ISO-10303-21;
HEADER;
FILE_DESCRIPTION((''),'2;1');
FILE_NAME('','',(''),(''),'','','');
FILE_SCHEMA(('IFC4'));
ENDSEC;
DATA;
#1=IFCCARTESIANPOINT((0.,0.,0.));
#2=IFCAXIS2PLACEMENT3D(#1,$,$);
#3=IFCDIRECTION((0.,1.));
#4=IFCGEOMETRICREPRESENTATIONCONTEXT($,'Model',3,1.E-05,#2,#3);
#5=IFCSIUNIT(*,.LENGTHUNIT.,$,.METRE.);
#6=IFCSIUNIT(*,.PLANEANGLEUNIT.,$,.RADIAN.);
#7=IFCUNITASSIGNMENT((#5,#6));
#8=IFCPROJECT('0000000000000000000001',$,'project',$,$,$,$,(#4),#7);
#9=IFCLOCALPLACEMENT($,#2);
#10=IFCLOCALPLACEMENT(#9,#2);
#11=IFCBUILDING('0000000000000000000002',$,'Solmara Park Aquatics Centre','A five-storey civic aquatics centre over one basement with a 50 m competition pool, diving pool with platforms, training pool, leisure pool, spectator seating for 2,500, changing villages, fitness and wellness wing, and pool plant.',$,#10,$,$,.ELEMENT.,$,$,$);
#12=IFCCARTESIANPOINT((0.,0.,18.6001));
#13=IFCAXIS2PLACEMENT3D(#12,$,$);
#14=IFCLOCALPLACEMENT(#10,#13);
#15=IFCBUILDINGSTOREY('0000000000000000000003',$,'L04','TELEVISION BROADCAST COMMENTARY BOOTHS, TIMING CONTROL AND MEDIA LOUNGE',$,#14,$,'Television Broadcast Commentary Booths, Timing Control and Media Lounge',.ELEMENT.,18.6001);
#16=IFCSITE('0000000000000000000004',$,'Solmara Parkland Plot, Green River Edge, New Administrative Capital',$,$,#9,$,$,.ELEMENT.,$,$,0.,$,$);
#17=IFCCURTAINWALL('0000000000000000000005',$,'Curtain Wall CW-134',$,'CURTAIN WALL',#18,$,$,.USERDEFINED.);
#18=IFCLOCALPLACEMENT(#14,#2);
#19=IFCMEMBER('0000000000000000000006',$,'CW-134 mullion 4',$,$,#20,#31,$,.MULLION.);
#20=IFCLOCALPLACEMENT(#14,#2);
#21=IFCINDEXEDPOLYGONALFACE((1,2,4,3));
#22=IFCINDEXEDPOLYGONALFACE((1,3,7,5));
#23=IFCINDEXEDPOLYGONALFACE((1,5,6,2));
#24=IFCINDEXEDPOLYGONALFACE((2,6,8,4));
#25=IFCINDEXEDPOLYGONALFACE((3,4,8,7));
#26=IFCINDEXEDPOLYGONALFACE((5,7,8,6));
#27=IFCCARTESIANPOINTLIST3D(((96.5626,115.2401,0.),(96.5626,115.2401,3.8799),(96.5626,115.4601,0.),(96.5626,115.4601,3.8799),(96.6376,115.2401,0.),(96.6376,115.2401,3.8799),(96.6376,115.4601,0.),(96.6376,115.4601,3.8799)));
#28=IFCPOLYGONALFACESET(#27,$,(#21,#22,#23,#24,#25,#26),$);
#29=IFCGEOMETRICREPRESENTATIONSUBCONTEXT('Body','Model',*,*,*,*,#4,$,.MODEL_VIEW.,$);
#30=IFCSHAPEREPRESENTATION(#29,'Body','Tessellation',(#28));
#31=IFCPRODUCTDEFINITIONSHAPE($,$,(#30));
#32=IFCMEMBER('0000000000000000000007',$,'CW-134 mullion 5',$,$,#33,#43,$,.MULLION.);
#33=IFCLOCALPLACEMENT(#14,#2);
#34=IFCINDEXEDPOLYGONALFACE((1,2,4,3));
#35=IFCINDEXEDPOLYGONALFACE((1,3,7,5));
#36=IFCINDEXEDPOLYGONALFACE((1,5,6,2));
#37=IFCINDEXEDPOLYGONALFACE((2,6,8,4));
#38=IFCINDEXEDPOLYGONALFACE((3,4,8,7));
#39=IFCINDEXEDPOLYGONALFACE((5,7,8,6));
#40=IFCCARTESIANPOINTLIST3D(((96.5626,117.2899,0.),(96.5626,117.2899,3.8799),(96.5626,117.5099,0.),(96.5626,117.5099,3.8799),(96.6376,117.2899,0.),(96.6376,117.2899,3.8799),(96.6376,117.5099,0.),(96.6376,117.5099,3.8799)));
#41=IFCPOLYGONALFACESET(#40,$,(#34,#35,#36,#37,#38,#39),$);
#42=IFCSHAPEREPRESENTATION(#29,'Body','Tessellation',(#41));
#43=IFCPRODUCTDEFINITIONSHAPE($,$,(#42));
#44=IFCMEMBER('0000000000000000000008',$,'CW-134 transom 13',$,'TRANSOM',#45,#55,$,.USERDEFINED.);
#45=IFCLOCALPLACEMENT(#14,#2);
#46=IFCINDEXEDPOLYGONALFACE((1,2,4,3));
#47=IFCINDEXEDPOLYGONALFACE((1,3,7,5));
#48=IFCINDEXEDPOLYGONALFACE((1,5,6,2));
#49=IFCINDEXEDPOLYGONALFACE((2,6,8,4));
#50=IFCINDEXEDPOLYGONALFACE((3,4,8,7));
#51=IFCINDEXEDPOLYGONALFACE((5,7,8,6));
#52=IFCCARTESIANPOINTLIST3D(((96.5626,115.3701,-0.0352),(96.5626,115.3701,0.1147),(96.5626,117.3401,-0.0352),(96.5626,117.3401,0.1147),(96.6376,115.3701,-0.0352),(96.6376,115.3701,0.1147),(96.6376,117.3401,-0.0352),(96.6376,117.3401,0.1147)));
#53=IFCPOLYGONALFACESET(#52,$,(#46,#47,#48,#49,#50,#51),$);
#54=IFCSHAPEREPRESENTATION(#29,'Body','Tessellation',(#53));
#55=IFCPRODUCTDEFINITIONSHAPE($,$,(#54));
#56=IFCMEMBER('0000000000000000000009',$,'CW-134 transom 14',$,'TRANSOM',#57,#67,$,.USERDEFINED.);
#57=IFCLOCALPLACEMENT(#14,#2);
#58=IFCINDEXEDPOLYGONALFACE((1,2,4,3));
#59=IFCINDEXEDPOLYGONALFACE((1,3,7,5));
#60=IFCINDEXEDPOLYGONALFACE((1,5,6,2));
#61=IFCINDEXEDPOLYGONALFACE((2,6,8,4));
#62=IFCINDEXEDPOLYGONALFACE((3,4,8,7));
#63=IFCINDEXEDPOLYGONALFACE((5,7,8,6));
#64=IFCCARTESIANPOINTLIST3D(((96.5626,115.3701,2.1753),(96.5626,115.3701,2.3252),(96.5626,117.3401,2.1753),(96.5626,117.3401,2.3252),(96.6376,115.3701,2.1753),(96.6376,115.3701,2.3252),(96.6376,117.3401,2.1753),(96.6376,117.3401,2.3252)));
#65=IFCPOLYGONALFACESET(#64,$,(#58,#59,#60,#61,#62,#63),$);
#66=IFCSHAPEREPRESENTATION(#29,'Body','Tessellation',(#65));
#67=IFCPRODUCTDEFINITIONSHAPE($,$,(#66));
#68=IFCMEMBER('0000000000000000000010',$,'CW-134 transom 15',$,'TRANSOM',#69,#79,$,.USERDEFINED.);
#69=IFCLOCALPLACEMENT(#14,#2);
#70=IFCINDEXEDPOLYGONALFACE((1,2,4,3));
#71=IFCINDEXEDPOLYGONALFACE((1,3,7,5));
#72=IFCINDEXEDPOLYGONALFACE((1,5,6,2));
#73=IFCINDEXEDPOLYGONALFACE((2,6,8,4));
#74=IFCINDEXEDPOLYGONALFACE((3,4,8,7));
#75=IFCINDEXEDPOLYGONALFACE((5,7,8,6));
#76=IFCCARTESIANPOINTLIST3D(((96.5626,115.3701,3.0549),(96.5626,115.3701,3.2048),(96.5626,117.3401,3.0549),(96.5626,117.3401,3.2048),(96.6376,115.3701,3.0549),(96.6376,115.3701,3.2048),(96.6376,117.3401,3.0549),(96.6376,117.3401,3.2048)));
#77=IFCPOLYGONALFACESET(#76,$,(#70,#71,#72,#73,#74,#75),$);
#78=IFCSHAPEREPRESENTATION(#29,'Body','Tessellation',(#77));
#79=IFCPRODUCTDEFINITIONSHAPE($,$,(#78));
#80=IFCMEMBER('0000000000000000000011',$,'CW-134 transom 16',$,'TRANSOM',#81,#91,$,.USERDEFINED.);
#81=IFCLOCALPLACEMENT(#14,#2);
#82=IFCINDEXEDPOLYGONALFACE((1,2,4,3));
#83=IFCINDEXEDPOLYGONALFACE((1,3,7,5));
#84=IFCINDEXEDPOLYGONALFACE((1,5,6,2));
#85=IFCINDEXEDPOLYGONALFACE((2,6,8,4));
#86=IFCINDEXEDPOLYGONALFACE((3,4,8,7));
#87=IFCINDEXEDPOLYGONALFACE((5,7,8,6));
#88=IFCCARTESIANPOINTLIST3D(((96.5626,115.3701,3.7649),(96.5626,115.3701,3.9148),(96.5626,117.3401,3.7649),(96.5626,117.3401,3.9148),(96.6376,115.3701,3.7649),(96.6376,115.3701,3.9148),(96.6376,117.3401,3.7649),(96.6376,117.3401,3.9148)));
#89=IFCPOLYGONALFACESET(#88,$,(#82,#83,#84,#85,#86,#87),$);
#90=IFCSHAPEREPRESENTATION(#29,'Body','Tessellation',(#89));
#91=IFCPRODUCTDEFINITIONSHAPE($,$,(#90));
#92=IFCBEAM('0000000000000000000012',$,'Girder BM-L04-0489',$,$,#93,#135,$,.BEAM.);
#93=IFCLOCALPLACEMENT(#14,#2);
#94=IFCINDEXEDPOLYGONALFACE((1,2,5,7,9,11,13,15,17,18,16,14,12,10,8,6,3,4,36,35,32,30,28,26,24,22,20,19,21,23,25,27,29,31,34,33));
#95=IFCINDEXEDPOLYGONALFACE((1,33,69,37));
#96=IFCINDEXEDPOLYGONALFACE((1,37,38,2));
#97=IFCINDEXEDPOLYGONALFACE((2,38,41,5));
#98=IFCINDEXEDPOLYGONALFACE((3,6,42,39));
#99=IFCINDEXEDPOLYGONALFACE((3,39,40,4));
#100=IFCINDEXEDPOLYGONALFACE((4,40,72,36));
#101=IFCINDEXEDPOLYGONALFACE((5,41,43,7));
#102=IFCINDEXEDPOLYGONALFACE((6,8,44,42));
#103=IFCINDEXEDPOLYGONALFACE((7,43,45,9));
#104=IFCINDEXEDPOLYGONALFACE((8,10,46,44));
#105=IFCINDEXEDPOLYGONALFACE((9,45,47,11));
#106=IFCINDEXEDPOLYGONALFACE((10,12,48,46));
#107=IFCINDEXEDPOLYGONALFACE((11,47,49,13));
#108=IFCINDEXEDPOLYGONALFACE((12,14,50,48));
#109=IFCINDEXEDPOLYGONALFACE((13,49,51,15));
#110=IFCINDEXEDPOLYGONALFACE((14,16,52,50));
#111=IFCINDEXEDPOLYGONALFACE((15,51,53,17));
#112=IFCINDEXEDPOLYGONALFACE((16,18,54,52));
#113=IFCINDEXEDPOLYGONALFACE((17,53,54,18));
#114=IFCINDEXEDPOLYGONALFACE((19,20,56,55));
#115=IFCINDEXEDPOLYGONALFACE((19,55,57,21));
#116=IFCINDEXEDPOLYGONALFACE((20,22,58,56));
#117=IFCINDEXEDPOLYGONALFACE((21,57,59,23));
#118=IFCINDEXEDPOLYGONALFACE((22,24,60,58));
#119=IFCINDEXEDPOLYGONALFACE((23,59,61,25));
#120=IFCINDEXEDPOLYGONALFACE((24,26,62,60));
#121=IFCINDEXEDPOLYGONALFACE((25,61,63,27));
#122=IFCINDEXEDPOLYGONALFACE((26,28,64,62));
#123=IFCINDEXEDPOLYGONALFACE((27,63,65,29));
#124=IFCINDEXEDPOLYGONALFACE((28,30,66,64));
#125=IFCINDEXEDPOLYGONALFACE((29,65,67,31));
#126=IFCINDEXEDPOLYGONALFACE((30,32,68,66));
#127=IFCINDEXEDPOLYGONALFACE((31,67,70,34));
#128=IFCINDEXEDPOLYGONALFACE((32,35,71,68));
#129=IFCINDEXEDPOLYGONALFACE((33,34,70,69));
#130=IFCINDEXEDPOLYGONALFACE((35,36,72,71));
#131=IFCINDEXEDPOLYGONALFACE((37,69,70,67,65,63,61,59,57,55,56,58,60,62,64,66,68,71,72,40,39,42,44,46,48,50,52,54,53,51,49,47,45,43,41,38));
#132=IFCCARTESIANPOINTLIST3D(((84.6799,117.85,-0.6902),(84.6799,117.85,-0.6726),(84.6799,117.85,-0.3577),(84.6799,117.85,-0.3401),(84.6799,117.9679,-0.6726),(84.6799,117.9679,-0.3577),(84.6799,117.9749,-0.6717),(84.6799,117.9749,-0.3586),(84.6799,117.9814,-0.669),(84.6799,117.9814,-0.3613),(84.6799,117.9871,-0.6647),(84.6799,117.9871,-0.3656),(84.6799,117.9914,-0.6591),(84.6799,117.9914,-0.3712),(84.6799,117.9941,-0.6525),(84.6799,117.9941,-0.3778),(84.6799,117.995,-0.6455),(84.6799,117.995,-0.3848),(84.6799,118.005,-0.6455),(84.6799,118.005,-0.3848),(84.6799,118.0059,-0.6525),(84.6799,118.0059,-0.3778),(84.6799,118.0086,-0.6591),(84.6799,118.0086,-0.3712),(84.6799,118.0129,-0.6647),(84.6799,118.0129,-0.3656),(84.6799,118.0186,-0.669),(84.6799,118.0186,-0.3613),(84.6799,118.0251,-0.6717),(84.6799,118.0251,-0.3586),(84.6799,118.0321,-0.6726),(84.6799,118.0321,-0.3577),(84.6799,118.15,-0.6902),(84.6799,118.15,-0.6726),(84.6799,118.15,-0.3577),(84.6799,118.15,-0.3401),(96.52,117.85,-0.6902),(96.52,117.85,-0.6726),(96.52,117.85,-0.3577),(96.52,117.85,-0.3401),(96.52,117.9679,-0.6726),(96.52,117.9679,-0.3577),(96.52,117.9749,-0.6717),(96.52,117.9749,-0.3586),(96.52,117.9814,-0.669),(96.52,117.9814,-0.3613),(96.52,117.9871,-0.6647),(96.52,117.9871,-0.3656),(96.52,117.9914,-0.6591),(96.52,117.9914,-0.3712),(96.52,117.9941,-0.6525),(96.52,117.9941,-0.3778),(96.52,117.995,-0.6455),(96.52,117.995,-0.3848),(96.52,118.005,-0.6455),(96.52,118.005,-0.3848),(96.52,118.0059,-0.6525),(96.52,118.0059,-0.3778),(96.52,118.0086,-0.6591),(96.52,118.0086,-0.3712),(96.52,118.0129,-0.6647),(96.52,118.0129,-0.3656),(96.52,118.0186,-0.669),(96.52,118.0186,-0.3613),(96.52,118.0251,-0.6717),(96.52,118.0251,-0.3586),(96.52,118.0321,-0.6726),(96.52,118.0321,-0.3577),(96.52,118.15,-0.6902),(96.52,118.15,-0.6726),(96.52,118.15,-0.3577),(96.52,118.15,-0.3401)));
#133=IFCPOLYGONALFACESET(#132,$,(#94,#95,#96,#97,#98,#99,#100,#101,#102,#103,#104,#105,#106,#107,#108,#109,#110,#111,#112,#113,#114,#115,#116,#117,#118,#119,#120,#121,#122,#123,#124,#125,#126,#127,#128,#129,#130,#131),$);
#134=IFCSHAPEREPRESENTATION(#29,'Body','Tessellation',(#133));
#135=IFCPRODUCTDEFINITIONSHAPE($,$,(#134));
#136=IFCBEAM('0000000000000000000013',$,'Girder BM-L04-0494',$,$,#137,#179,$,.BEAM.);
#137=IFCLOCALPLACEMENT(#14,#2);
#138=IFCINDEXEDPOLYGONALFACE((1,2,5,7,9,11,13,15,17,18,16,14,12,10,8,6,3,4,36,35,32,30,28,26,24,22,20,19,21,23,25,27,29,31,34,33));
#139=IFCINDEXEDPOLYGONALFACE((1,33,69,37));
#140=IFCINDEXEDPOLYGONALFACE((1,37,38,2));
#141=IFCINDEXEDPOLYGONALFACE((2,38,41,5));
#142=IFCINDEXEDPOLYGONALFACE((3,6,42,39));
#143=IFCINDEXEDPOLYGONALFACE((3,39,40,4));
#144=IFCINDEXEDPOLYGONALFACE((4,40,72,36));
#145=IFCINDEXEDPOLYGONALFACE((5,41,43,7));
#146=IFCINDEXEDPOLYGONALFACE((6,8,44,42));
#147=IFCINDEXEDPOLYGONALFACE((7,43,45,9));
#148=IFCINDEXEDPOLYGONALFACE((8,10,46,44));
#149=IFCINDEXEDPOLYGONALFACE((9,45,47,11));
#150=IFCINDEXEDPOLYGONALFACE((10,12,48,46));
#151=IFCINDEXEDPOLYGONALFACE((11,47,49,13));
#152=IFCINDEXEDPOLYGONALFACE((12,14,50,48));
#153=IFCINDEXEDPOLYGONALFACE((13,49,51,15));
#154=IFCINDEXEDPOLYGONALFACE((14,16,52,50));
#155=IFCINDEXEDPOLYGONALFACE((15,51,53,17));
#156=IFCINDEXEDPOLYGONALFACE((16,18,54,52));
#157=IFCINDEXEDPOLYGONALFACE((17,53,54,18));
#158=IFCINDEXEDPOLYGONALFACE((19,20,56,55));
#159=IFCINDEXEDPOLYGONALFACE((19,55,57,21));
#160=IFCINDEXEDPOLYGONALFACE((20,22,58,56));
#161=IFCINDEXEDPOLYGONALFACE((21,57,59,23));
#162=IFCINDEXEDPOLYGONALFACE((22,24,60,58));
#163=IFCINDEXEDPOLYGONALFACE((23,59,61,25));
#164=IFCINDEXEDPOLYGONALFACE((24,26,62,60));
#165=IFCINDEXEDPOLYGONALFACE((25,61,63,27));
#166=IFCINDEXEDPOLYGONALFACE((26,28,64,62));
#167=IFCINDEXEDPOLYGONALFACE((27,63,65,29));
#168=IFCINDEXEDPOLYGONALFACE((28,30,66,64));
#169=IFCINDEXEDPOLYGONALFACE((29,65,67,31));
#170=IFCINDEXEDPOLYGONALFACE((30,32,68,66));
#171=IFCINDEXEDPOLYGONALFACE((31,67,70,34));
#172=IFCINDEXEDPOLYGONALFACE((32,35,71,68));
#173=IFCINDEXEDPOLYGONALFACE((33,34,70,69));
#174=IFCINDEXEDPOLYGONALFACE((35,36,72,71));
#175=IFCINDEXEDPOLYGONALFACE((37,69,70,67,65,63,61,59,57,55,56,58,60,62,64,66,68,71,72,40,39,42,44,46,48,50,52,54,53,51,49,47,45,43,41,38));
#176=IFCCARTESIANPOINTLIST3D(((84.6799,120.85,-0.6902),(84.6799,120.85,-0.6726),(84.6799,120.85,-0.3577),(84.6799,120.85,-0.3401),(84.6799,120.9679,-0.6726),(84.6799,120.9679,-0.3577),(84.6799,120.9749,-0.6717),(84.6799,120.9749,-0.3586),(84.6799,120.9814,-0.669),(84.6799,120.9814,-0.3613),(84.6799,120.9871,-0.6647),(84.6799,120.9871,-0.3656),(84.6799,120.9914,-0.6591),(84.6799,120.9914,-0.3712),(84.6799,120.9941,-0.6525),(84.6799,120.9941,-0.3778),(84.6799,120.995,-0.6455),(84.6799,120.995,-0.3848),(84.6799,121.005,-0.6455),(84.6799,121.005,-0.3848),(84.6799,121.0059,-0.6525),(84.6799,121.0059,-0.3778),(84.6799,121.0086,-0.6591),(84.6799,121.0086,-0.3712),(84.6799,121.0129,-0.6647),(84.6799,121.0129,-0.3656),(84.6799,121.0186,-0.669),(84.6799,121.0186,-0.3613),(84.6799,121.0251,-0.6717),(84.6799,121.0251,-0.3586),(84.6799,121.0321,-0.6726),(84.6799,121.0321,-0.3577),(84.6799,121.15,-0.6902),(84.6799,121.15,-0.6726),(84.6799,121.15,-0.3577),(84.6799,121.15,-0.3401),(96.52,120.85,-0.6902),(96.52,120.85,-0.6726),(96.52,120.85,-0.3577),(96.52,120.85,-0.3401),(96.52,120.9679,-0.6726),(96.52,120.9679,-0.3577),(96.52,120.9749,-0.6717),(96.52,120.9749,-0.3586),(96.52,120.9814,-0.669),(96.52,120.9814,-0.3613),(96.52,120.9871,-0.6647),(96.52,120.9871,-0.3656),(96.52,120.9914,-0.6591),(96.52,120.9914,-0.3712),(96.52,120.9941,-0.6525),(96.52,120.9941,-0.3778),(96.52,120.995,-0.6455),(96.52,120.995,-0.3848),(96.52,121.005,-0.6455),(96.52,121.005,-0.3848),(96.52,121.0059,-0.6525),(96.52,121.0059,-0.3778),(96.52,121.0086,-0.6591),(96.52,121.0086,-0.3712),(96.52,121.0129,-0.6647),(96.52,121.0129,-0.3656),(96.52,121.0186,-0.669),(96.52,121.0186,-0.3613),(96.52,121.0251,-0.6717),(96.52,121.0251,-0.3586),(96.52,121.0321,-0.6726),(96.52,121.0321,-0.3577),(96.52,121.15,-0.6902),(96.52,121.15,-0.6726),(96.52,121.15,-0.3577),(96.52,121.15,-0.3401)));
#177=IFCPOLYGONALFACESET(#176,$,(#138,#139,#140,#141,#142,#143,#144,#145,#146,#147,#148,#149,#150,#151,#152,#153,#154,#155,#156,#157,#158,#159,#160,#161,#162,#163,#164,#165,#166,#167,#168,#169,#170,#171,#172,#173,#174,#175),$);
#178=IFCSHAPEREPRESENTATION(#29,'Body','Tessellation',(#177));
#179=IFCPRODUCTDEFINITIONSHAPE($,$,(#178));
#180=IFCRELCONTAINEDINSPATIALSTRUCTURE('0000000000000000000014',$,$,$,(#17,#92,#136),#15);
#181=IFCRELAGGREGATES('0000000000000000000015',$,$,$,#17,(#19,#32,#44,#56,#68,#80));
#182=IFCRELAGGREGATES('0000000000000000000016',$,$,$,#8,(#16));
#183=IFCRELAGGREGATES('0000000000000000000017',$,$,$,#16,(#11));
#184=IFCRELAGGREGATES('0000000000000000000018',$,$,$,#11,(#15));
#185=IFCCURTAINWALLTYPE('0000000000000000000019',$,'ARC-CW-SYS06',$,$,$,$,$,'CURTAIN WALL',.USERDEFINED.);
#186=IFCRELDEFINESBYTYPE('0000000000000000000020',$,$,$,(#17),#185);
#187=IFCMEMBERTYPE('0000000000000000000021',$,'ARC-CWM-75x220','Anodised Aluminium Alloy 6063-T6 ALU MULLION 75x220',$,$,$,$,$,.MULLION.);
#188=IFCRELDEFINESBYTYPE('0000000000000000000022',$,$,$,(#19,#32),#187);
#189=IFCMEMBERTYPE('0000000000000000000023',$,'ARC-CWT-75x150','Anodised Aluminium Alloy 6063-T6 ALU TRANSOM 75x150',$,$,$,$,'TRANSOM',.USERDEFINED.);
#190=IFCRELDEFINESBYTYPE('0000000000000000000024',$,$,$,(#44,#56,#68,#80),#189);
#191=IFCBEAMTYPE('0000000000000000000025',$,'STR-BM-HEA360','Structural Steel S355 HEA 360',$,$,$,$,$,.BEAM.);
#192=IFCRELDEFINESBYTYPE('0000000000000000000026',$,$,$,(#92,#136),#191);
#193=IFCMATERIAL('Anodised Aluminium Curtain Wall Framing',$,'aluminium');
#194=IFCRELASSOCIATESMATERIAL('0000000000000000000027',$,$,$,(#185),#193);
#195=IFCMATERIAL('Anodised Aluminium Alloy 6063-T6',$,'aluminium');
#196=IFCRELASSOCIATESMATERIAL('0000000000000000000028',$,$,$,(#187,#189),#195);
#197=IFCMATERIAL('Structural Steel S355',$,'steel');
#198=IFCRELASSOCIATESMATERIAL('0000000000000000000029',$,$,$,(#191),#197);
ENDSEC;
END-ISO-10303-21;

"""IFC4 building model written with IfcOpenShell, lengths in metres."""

from ifc_helpers import new_model, si_unit, direction, frame, origin, origin_2d, place, context, subcontext, project, spatial, rectangle, i_section, extrude, material, material_profile, profile_set, type_object, element, aggregate, save


model = new_model("IFC4")

# Units and contexts
model_context = context("Model", 3, precision=1e-05, world=origin(), true_north=direction((0.0, 1.0)))
body_context = subcontext(model_context, "Body", "Model", "MODEL_VIEW")
ifc_project = project(units=[si_unit("LENGTHUNIT", "METRE"), si_unit("PLANEANGLEUNIT", "RADIAN")], contexts=[model_context])

# Site, building, storey
site_placement = place(None, origin())
site = spatial("IfcSite", under=ifc_project, at=site_placement, Name="Solmara Parkland Plot, Green River Edge, New Administrative Capital", CompositionType="ELEMENT", RefElevation=0.0)
building_placement = place(site_placement, origin())
building = spatial("IfcBuilding", under=site, at=building_placement, Name="Solmara Park Aquatics Centre", Description="A five-storey civic aquatics centre over one basement with a 50 m competition pool, diving pool with platforms, training pool, leisure pool, spectator seating for 2,500, changing villages, fitness and wellness wing, and pool plant.", CompositionType="ELEMENT")
storey_placement = place(building_placement, frame((0.0, 0.0, 18.6001)))
storey = spatial("IfcBuildingStorey", under=building, at=storey_placement, Name="L04", Description="TELEVISION BROADCAST COMMENTARY BOOTHS, TIMING CONTROL AND MEDIA LOUNGE", LongName="Television Broadcast Commentary Booths, Timing Control and Media Lounge", CompositionType="ELEMENT", Elevation=18.6001)

# Curtain wall, members
ifc_material_1 = material(Name="Anodised Aluminium Curtain Wall Framing", Category="aluminium")
curtain_wall_type = type_object("IfcCurtainWallType", Name="ARC-CW-SYS06", ElementType="CURTAIN WALL", PredefinedType="USERDEFINED", material=ifc_material_1)
curtain_wall_placement = place(storey_placement, origin())
curtain_wall = element("IfcCurtainWall", 1, at=curtain_wall_placement, inside=storey, type_object=curtain_wall_type, Name="Curtain Wall CW-134", ObjectType="CURTAIN WALL", PredefinedType="USERDEFINED")
ifc_material_2 = material(Name="Anodised Aluminium Alloy 6063-T6", Category="aluminium")
ifc_material_profile_1 = material_profile(ifc_material_2, rectangle(XDim=0.075, YDim=0.22, at=origin_2d()), Name="ALU MULLION 75x220")
ifc_profile_set_1 = profile_set([ifc_material_profile_1], Name="Anodised Aluminium Alloy 6063-T6")
member_type_1 = type_object("IfcMemberType", Name="ARC-CWM-75x220", Description="Anodised Aluminium Alloy 6063-T6 ALU MULLION 75x220", PredefinedType="MULLION", material=ifc_profile_set_1)
member_1_placement = place(storey_placement, frame((96.6001, 115.3501, 0.0), z_axis=(0.0, 0.0, 1.0), x_axis=(1.0, 0.0, 0.0)))
member_1 = element("IfcMember", 2, at=member_1_placement, type_object=member_type_1, Name="CW-134 mullion 4", PredefinedType="MULLION", context=body_context, shape_type="SweptSolid", body=[
    extrude(rectangle(XDim=0.075, YDim=0.22, at=origin_2d()), origin(), (0.0, 0.0, 1.0), 3.8799),
])
member_2_placement = place(storey_placement, frame((96.6001, 117.3999, 0.0), z_axis=(0.0, 0.0, 1.0), x_axis=(1.0, 0.0, 0.0)))
member_2 = element("IfcMember", 3, at=member_2_placement, type_object=member_type_1, Name="CW-134 mullion 5", PredefinedType="MULLION", context=body_context, shape_type="SweptSolid", body=[
    extrude(rectangle(XDim=0.075, YDim=0.22, at=origin_2d()), origin(), (0.0, 0.0, 1.0), 3.8799),
])
ifc_material_profile_2 = material_profile(ifc_material_2, rectangle(XDim=0.075, YDim=0.1499, at=origin_2d()), Name="ALU TRANSOM 75x150")
ifc_profile_set_2 = profile_set([ifc_material_profile_2], Name="Anodised Aluminium Alloy 6063-T6")
member_type_2 = type_object("IfcMemberType", Name="ARC-CWT-75x150", Description="Anodised Aluminium Alloy 6063-T6 ALU TRANSOM 75x150", ElementType="TRANSOM", PredefinedType="USERDEFINED", material=ifc_profile_set_2)
member_3_placement = place(storey_placement, frame((96.6001, 115.3701, 0.0398), z_axis=(0.0, 1.0, 0.0), x_axis=(-1.0, 0.0, 0.0)))
member_3 = element("IfcMember", 4, at=member_3_placement, type_object=member_type_2, Name="CW-134 transom 13", ObjectType="TRANSOM", PredefinedType="USERDEFINED", context=body_context, shape_type="SweptSolid", body=[
    extrude(rectangle(XDim=0.075, YDim=0.1499, at=origin_2d()), origin(), (0.0, 0.0, 1.0), 1.97),
])
member_4_placement = place(storey_placement, frame((96.6001, 115.3701, 2.2502), z_axis=(0.0, 1.0, 0.0), x_axis=(-1.0, 0.0, 0.0)))
member_4 = element("IfcMember", 5, at=member_4_placement, type_object=member_type_2, Name="CW-134 transom 14", ObjectType="TRANSOM", PredefinedType="USERDEFINED", context=body_context, shape_type="SweptSolid", body=[
    extrude(rectangle(XDim=0.075, YDim=0.1499, at=origin_2d()), origin(), (0.0, 0.0, 1.0), 1.97),
])
member_5_placement = place(storey_placement, frame((96.6001, 115.3701, 3.1299), z_axis=(0.0, 1.0, 0.0), x_axis=(-1.0, 0.0, 0.0)))
member_5 = element("IfcMember", 6, at=member_5_placement, type_object=member_type_2, Name="CW-134 transom 15", ObjectType="TRANSOM", PredefinedType="USERDEFINED", context=body_context, shape_type="SweptSolid", body=[
    extrude(rectangle(XDim=0.075, YDim=0.1499, at=origin_2d()), origin(), (0.0, 0.0, 1.0), 1.97),
])
member_6_placement = place(storey_placement, frame((96.6001, 115.3701, 3.8398), z_axis=(0.0, 1.0, 0.0), x_axis=(-1.0, 0.0, 0.0)))
member_6 = element("IfcMember", 7, at=member_6_placement, type_object=member_type_2, Name="CW-134 transom 16", ObjectType="TRANSOM", PredefinedType="USERDEFINED", context=body_context, shape_type="SweptSolid", body=[
    extrude(rectangle(XDim=0.075, YDim=0.1499, at=origin_2d()), origin(), (0.0, 0.0, 1.0), 1.97),
])

# Beams
ifc_material_3 = material(Name="Structural Steel S355", Category="steel")
ifc_material_profile_3 = material_profile(ifc_material_3, i_section(OverallWidth=0.3, OverallDepth=0.3501, WebThickness=0.01, FlangeThickness=0.0176, FilletRadius=0.0271, at=origin_2d()), Name="HEA 360")
ifc_profile_set_3 = profile_set([ifc_material_profile_3], Name="Structural Steel S355")
beam_type_1 = type_object("IfcBeamType", Name="STR-BM-HEA360", Description="Structural Steel S355 HEA 360", PredefinedType="BEAM", material=ifc_profile_set_3)
for number, where, z_axis, x_axis, name in (
    (8, (84.6799, 118.0, -0.5151), (1.0, 0.0, 0.0), (0.0, 1.0, 0.0), "Girder BM-L04-0489"),
    (9, (84.6799, 121.0, -0.5151), (1.0, 0.0, 0.0), (0.0, 1.0, 0.0), "Girder BM-L04-0494"),
):
    element("IfcBeam", number, at=place(storey_placement, frame(where, z_axis=z_axis, x_axis=x_axis)), inside=storey, type_object=beam_type_1, Name=name, PredefinedType="BEAM", context=body_context, shape_type="SweptSolid", body=[
        extrude(i_section(OverallWidth=0.3, OverallDepth=0.3501, WebThickness=0.01, FlangeThickness=0.0176, FilletRadius=0.0271, at=origin_2d()), origin(), (0.0, 0.0, 1.0), 11.8401),
    ])

aggregate(curtain_wall, [member_1, member_2, member_3, member_4, member_5, member_6])

save(model, "model.ifc")
